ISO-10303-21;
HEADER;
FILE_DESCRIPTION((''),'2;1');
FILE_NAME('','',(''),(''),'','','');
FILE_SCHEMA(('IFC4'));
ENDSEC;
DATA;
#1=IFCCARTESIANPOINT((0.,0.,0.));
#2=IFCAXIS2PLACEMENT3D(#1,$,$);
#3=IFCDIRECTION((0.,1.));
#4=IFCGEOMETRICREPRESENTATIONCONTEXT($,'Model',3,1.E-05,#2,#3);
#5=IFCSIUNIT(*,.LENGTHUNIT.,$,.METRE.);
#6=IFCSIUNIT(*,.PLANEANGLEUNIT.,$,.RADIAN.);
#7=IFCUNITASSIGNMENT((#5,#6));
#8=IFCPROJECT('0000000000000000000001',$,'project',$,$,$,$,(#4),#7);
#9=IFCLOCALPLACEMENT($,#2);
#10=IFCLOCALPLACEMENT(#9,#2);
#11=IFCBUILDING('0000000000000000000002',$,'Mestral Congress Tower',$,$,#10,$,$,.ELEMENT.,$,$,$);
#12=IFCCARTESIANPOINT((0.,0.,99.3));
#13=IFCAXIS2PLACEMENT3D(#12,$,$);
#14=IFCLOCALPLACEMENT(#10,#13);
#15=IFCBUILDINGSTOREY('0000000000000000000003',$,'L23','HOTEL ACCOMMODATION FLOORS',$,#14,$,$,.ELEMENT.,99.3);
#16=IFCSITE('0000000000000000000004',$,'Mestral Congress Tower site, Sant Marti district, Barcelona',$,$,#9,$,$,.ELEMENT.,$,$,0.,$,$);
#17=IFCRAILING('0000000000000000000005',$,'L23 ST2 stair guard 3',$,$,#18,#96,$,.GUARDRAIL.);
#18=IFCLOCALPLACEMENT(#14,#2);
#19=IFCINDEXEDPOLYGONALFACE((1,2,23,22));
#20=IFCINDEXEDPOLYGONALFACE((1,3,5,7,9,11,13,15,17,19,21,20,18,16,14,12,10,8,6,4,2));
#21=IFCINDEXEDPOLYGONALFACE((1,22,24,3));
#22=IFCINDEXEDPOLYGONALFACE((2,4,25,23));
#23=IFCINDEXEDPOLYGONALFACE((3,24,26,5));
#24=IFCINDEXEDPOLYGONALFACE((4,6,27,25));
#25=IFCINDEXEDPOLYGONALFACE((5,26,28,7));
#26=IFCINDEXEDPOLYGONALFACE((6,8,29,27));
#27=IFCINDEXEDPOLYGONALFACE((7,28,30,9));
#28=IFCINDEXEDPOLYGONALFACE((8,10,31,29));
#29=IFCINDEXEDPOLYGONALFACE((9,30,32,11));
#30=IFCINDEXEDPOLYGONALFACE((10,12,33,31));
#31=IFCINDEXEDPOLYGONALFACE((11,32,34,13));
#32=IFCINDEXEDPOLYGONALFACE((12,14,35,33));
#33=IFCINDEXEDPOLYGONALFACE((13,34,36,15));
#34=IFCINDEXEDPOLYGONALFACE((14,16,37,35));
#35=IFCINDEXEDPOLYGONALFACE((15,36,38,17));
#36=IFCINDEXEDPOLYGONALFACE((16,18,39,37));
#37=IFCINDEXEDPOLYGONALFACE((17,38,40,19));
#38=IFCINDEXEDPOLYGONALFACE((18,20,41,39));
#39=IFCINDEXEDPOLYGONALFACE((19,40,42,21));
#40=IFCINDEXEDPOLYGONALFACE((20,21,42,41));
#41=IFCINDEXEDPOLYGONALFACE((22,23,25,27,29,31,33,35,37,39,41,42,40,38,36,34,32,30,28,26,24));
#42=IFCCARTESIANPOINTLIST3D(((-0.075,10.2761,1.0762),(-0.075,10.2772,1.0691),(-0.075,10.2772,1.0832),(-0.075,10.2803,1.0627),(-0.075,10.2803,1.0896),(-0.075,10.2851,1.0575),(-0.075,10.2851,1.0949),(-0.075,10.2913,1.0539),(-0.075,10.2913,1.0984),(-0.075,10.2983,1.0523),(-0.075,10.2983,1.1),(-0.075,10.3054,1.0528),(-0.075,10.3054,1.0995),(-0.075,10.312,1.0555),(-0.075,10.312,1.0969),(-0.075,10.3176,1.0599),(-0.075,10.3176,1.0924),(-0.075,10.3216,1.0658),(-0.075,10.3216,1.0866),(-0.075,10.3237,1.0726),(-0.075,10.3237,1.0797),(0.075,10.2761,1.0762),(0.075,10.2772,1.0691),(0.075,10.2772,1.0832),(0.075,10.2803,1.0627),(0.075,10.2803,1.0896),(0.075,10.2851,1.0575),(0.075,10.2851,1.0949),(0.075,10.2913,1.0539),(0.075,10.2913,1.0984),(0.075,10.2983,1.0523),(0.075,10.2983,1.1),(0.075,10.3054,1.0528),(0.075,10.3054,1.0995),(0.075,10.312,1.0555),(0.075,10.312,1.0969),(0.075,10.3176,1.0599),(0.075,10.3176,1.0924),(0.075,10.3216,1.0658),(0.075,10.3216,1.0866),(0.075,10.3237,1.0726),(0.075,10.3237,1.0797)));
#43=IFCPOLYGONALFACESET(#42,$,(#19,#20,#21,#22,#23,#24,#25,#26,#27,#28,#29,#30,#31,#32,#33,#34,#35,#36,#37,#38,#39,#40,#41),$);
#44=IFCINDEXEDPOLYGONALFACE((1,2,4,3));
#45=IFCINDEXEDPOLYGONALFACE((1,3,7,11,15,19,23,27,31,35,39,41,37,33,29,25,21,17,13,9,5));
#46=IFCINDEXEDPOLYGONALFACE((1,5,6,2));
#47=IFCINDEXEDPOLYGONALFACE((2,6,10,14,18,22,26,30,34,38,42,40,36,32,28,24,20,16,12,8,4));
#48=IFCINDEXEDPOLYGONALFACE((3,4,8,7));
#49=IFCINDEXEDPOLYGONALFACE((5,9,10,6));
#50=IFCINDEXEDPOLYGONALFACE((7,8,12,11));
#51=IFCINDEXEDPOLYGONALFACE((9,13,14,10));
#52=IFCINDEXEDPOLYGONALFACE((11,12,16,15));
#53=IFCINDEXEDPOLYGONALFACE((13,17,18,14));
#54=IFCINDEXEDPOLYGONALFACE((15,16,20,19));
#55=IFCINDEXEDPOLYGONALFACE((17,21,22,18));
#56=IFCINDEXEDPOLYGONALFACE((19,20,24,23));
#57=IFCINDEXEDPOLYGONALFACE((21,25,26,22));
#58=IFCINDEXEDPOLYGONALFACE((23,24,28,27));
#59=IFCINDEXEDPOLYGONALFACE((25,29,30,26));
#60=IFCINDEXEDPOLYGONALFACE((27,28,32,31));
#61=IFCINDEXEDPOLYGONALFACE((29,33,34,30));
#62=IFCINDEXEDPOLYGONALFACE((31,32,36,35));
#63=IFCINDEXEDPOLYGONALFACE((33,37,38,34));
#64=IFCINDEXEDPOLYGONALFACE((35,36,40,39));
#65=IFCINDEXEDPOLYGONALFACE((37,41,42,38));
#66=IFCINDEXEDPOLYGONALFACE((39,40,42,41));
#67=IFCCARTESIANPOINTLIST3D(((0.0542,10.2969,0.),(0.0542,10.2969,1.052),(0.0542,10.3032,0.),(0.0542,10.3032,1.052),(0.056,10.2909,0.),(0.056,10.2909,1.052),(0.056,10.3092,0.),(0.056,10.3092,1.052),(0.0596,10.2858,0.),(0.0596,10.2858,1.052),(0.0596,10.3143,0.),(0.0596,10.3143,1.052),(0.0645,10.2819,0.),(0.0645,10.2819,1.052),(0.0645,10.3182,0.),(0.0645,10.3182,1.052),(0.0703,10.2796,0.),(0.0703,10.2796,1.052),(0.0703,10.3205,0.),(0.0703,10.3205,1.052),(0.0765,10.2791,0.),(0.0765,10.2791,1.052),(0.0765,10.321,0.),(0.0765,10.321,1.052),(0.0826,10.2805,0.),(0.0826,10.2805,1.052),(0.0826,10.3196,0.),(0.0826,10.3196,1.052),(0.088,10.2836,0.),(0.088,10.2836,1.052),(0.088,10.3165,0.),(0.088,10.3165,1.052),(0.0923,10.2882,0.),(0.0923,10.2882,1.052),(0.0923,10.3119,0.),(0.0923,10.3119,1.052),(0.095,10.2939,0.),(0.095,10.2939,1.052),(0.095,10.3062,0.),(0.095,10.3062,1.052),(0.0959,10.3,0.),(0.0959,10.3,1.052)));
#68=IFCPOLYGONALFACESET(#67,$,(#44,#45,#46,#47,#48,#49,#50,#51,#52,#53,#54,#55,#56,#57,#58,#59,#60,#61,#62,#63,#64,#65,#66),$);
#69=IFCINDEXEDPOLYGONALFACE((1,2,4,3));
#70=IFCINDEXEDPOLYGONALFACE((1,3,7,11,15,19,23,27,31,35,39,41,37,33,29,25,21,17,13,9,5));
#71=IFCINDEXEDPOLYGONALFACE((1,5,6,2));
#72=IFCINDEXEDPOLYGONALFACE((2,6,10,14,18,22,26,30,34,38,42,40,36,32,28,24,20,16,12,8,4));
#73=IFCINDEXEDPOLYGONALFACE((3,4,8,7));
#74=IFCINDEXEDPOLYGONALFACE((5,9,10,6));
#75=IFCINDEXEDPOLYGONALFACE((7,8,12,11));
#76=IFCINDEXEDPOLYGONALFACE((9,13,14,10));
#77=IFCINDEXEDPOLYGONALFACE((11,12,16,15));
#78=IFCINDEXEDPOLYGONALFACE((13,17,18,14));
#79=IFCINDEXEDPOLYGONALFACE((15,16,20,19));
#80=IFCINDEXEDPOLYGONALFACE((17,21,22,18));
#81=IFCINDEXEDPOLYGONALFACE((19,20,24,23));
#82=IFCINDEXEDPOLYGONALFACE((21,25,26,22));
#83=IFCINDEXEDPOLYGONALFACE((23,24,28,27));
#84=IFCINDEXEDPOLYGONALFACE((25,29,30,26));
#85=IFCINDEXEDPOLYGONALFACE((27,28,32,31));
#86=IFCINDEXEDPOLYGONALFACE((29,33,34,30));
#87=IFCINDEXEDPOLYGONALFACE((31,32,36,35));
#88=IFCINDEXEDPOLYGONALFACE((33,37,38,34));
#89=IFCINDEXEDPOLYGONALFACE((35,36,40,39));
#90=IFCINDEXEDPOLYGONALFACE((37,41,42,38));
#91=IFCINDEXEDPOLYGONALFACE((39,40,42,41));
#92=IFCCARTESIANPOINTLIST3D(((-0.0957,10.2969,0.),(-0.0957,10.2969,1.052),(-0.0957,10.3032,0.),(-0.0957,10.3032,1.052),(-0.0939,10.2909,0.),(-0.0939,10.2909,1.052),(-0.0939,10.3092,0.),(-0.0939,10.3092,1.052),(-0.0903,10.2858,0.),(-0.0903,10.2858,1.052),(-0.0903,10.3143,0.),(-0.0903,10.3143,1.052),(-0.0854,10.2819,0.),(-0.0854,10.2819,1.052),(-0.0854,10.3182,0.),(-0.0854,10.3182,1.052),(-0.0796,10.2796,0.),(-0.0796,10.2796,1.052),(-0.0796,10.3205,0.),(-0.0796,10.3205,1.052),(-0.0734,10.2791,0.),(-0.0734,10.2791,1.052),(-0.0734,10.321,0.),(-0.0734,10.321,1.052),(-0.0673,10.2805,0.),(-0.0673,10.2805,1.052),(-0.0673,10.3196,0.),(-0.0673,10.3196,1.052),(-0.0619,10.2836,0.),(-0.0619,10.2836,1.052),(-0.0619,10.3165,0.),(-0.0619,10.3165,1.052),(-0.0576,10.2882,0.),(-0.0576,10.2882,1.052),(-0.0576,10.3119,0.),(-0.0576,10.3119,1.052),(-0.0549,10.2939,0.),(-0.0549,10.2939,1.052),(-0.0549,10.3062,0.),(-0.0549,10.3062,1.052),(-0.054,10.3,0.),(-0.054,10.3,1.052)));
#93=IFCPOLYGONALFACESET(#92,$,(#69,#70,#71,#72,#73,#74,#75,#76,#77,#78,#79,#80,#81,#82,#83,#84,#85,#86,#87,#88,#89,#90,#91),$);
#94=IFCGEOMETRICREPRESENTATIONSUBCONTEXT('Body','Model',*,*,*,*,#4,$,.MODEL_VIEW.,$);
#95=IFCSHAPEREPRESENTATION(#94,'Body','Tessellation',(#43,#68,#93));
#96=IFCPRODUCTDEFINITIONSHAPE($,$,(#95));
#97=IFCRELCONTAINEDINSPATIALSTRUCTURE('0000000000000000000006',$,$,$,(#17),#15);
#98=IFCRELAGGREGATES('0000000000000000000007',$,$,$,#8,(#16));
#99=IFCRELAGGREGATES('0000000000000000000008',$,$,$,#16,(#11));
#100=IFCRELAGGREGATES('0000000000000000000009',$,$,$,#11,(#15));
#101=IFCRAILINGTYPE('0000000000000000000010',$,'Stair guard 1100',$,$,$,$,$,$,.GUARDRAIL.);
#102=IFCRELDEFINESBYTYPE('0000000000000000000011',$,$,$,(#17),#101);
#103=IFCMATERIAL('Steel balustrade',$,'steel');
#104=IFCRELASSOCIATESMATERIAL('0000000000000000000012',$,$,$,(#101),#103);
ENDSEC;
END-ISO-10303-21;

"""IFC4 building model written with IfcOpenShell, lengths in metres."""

from ifc_helpers import new_model, si_unit, direction, frame, origin, origin_2d, place, context, subcontext, project, spatial, circle, extrude, material, type_object, element, save


model = new_model("IFC4")

# Units and contexts
model_context = context("Model", 3, precision=1e-05, world=origin(), true_north=direction((0.0, 1.0)))
body_context = subcontext(model_context, "Body", "Model", "MODEL_VIEW")
ifc_project = project(units=[si_unit("LENGTHUNIT", "METRE"), si_unit("PLANEANGLEUNIT", "RADIAN")], contexts=[model_context])

# Site, building, storey
site_placement = place(None, origin())
site = spatial("IfcSite", under=ifc_project, at=site_placement, Name="Mestral Congress Tower site, Sant Marti district, Barcelona", CompositionType="ELEMENT", RefElevation=0.0)
building_placement = place(site_placement, origin())
building = spatial("IfcBuilding", under=site, at=building_placement, Name="Mestral Congress Tower", CompositionType="ELEMENT")
storey_placement = place(building_placement, frame((0.0, 0.0, 99.3)))
storey = spatial("IfcBuildingStorey", under=building, at=storey_placement, Name="L23", Description="HOTEL ACCOMMODATION FLOORS", CompositionType="ELEMENT", Elevation=99.3)

# Railing
ifc_material_1 = material(Name="Steel balustrade", Category="steel")
railing_type = type_object("IfcRailingType", Name="Stair guard 1100", PredefinedType="GUARDRAIL", material=ifc_material_1)
railing_1_placement = place(storey_placement, frame((0.075, 10.3, 0.0)))
element("IfcRailing", 1, at=railing_1_placement, inside=storey, type_object=railing_type, Name="L23 ST2 stair guard 3", PredefinedType="GUARDRAIL", context=body_context, shape_type="SweptSolid", body=[
    extrude(circle(Radius=0.0239, at=origin_2d()), frame((0.0, 0.0, 1.0762), z_axis=(-1.0, 0.0, 0.0), x_axis=(0.0, -1.0, 0.0)), (0.0, 0.0, 1.0), 0.1499),
    extrude(circle(Radius=0.021, at=origin_2d()), origin(), (0.0, 0.0, 1.0), 1.052),
    extrude(circle(Radius=0.021, at=origin_2d()), frame((-0.1499, 0.0, 0.0)), (0.0, 0.0, 1.0), 1.052),
])

save(model, "model.ifc")
